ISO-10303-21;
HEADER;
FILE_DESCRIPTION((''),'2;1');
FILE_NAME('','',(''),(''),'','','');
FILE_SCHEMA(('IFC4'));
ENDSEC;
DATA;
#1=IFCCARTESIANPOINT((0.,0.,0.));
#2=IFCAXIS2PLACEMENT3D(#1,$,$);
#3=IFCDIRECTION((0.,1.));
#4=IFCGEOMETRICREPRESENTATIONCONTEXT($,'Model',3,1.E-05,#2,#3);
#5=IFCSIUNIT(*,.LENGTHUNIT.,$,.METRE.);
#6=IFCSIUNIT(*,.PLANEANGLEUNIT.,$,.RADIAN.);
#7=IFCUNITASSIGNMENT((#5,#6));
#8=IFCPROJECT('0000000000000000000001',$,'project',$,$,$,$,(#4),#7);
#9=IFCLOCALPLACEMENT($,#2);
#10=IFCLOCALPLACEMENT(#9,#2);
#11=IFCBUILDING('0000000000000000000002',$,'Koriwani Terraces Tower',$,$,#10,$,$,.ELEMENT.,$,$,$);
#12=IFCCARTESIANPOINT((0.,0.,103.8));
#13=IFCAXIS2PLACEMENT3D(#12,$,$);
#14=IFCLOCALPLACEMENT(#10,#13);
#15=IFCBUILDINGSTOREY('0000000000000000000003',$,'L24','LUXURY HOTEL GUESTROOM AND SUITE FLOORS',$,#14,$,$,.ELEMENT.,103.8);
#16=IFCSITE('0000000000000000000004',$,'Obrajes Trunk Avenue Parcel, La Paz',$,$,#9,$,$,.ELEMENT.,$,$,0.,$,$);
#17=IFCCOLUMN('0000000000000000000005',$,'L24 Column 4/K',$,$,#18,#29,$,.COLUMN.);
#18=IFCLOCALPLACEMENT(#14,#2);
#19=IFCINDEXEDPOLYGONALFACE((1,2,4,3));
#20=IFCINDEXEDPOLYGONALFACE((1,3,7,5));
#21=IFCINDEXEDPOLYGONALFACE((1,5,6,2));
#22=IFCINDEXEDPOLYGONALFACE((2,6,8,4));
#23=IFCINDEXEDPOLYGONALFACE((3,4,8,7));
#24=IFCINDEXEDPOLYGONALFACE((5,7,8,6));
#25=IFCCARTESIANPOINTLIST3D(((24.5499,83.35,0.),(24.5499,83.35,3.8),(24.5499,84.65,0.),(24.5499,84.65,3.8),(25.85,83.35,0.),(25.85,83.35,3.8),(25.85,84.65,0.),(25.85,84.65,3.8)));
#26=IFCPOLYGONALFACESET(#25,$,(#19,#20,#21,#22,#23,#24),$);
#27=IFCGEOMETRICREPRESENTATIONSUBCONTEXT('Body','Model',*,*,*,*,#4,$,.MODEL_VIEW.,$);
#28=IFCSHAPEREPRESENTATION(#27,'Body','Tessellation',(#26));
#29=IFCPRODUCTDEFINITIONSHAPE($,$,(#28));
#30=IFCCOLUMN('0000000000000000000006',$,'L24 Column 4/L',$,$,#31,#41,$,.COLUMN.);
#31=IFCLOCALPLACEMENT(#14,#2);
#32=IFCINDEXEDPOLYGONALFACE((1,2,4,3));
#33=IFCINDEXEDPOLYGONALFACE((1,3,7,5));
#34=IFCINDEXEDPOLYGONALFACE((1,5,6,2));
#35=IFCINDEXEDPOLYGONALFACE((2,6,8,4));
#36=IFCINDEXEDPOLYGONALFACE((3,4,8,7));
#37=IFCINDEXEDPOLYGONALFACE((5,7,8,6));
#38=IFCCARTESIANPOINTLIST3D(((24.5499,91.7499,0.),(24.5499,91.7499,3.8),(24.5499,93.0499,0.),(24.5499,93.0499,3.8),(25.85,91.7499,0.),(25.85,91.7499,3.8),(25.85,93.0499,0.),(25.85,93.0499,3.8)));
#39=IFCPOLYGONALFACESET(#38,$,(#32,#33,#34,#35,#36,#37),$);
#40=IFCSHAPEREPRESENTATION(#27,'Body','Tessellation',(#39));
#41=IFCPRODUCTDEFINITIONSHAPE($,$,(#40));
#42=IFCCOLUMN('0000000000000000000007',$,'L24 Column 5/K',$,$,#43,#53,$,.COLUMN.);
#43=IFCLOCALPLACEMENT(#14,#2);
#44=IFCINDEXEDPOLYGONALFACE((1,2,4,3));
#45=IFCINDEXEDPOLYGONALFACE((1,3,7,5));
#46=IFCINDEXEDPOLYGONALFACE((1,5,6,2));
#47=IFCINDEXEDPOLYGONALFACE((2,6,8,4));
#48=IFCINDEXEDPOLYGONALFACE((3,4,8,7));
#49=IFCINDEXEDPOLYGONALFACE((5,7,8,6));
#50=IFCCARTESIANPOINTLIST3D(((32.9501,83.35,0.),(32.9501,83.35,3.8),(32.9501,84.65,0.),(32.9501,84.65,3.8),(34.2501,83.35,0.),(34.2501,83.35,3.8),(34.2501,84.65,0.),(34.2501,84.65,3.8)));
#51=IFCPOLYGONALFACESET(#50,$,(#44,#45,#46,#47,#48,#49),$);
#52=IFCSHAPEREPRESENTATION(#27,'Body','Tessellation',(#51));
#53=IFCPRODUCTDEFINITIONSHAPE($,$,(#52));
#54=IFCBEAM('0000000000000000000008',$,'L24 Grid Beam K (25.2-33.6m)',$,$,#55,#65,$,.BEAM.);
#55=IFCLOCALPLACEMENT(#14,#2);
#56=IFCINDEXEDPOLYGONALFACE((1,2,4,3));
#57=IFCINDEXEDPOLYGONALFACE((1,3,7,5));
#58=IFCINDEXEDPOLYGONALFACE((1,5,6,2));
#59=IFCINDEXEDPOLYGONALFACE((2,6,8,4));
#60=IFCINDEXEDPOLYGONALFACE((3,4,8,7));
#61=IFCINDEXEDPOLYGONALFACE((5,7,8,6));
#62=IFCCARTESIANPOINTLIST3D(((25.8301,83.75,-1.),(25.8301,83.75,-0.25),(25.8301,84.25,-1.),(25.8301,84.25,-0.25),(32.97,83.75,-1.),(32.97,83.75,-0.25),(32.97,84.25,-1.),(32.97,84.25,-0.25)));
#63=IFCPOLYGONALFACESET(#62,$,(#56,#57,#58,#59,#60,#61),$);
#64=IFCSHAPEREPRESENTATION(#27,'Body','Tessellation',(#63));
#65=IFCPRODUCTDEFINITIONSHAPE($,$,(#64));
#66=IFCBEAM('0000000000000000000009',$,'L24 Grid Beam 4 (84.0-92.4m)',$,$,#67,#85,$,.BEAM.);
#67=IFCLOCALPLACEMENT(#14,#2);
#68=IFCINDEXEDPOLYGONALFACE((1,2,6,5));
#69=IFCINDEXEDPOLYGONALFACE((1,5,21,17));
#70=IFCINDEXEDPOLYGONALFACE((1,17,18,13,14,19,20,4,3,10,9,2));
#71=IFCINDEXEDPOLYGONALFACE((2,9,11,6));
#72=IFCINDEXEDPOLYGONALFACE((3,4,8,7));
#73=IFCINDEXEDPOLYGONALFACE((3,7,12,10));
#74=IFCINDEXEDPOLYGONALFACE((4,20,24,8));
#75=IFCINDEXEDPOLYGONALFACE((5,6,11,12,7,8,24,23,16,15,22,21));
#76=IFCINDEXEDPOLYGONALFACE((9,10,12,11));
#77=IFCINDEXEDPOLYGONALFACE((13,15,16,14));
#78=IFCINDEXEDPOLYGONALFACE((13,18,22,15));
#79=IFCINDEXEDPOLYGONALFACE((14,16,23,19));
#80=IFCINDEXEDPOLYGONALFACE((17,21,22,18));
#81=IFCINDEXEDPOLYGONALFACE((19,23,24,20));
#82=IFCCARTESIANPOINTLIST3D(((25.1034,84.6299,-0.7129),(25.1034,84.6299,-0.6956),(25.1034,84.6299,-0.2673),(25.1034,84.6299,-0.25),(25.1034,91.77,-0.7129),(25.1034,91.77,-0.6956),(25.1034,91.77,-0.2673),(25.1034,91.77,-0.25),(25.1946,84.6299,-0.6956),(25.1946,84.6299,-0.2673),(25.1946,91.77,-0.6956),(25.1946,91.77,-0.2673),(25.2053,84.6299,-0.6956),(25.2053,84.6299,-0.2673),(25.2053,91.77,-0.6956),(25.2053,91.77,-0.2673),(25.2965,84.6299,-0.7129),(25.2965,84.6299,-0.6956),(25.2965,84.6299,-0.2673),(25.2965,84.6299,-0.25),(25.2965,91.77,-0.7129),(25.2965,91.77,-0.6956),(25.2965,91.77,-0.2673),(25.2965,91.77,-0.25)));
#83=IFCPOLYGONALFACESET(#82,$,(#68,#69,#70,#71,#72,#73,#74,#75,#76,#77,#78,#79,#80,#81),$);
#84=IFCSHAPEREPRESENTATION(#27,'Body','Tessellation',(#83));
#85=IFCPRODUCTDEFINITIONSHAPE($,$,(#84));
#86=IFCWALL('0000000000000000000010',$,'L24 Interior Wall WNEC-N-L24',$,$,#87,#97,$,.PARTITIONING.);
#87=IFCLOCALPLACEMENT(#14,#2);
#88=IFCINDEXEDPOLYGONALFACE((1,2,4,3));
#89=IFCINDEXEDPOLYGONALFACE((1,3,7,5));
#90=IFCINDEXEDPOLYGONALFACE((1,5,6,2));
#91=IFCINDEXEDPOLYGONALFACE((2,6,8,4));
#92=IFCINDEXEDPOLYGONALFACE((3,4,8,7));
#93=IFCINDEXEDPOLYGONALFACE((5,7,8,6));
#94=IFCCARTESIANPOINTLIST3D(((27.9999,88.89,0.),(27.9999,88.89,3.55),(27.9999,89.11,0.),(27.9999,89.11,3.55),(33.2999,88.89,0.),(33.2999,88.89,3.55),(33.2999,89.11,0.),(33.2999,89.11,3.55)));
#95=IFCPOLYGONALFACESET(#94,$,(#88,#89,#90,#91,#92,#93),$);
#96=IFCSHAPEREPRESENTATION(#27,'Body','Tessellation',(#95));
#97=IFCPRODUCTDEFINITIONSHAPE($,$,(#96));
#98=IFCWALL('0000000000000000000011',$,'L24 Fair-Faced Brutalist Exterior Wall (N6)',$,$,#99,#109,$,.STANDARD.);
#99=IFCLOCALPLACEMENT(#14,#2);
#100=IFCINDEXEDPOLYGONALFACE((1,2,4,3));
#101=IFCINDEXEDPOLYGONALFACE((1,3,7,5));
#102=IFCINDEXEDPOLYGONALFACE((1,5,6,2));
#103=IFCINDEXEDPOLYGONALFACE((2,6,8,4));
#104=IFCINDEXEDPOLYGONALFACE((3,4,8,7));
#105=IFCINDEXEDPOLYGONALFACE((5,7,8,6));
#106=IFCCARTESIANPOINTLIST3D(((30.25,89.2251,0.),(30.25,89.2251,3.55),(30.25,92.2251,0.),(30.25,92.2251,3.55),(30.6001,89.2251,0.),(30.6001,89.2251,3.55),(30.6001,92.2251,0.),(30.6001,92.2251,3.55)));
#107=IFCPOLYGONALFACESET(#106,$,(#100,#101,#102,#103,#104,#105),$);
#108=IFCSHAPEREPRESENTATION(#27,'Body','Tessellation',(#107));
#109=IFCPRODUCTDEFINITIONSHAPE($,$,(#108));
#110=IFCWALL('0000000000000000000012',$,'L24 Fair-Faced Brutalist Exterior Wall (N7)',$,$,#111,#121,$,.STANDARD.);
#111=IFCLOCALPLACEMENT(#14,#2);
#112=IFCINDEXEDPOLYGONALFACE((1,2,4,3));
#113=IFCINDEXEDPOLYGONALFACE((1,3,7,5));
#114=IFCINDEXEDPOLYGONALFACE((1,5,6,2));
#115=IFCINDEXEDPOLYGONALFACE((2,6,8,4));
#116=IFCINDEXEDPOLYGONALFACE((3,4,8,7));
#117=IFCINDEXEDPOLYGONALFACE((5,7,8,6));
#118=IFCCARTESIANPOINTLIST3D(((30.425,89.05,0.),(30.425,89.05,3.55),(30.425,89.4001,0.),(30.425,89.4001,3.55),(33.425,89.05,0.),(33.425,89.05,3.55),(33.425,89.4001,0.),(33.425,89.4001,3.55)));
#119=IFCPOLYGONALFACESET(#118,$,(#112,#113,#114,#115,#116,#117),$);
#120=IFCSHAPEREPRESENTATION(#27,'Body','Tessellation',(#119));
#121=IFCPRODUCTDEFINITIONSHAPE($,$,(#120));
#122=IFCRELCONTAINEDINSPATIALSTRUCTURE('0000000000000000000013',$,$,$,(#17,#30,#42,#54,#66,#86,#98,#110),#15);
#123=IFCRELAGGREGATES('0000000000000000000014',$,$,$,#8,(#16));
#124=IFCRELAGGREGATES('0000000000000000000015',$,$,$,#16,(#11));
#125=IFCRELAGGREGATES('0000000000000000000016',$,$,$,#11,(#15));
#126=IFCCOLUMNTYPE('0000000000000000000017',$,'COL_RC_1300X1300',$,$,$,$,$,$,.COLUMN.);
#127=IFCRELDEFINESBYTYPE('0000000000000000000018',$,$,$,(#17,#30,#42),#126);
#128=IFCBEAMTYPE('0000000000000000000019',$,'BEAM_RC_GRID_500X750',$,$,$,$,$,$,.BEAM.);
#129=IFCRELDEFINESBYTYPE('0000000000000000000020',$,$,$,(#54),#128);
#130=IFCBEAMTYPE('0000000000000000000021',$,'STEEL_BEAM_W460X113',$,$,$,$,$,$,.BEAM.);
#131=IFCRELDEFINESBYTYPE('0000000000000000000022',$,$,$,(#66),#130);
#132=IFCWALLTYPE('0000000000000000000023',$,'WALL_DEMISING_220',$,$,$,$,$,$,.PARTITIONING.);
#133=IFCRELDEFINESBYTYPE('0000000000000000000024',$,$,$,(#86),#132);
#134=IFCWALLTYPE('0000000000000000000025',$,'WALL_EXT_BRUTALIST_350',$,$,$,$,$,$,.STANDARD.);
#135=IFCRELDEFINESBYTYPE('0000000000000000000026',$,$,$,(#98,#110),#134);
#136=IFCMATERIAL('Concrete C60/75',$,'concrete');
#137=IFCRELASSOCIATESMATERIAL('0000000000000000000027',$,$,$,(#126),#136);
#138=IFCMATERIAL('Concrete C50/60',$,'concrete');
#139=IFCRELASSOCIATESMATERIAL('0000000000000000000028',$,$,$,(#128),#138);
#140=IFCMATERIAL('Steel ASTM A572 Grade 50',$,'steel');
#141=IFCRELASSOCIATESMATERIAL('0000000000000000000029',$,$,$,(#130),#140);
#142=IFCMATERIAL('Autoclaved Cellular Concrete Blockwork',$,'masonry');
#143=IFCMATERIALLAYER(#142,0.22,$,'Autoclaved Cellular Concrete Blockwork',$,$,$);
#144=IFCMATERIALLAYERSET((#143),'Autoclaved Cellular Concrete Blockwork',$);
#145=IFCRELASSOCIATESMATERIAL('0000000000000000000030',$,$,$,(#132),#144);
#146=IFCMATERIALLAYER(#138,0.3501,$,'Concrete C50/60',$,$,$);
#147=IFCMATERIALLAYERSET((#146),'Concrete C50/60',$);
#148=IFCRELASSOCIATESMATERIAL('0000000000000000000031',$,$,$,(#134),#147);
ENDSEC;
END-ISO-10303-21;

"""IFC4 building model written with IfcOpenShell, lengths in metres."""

from ifc_helpers import new_model, si_unit, direction, frame, frame_2d, origin, origin_2d, place, context, subcontext, project, spatial, rectangle, i_section, extrude, material, layer, layer_set, material_profile, profile_set, type_object, element, save


model = new_model("IFC4")

# Units and contexts
model_context = context("Model", 3, precision=1e-05, world=origin(), true_north=direction((0.0, 1.0)))
body_context = subcontext(model_context, "Body", "Model", "MODEL_VIEW")
ifc_project = project(units=[si_unit("LENGTHUNIT", "METRE"), si_unit("PLANEANGLEUNIT", "RADIAN")], contexts=[model_context])

# Site, building, storey
site_placement = place(None, origin())
site = spatial("IfcSite", under=ifc_project, at=site_placement, Name="Obrajes Trunk Avenue Parcel, La Paz", CompositionType="ELEMENT", RefElevation=0.0)
building_placement = place(site_placement, origin())
building = spatial("IfcBuilding", under=site, at=building_placement, Name="Koriwani Terraces Tower", CompositionType="ELEMENT")
storey_placement = place(building_placement, frame((0.0, 0.0, 103.8)))
storey = spatial("IfcBuildingStorey", under=building, at=storey_placement, Name="L24", Description="LUXURY HOTEL GUESTROOM AND SUITE FLOORS", CompositionType="ELEMENT", Elevation=103.8)

# Columns
ifc_material_1 = material(Name="Concrete C60/75", Category="concrete")
ifc_material_profile_1 = material_profile(ifc_material_1, rectangle(XDim=1.3, YDim=1.3, at=origin_2d()), Name="Concrete C60/75", Category="LoadBearing")
ifc_profile_set_1 = profile_set([ifc_material_profile_1], Name="Concrete C60/75")
column_type = type_object("IfcColumnType", Name="COL_RC_1300X1300", PredefinedType="COLUMN", material=ifc_profile_set_1)
for number, where, z_axis, x_axis, name in (
    (1, (25.2, 84.0, 0.0), (0.0, 0.0, 1.0), (1.0, 0.0, 0.0), "L24 Column 4/K"),
    (2, (25.2, 92.3999, 0.0), (0.0, 0.0, 1.0), (1.0, 0.0, 0.0), "L24 Column 4/L"),
    (3, (33.6001, 84.0, 0.0), (0.0, 0.0, 1.0), (1.0, 0.0, 0.0), "L24 Column 5/K"),
):
    element("IfcColumn", number, at=place(storey_placement, frame(where, z_axis=z_axis, x_axis=x_axis)), inside=storey, type_object=column_type, Name=name, PredefinedType="COLUMN", context=body_context, shape_type="SweptSolid", body=[
        extrude(rectangle(XDim=1.3, YDim=1.3, at=origin_2d()), origin(), (0.0, 0.0, 1.0), 3.8),
    ])

# Beams
ifc_material_2 = material(Name="Concrete C50/60", Category="concrete")
ifc_material_profile_2 = material_profile(ifc_material_2, rectangle(XDim=0.5, YDim=0.75, at=origin_2d()), Name="Concrete C50/60", Category="LoadBearing")
ifc_profile_set_2 = profile_set([ifc_material_profile_2], Name="Concrete C50/60")
beam_type_1 = type_object("IfcBeamType", Name="BEAM_RC_GRID_500X750", PredefinedType="BEAM", material=ifc_profile_set_2)
beam_1_placement = place(storey_placement, frame((25.8301, 84.0, -0.625), z_axis=(1.0, 0.0, 0.0), x_axis=(0.0, 1.0, 0.0)))
element("IfcBeam", 4, at=beam_1_placement, inside=storey, type_object=beam_type_1, Name="L24 Grid Beam K (25.2-33.6m)", PredefinedType="BEAM", context=body_context, shape_type="SweptSolid", body=[
    extrude(rectangle(XDim=0.5, YDim=0.75, at=origin_2d()), origin(), (0.0, 0.0, 1.0), 7.1399),
])
ifc_material_3 = material(Name="Steel ASTM A572 Grade 50", Category="steel")
ifc_material_profile_3 = material_profile(ifc_material_3, i_section(OverallWidth=0.1931, OverallDepth=0.4629, WebThickness=0.0107, FlangeThickness=0.0173, at=origin_2d()), Name="Steel ASTM A572 Grade 50", Category="LoadBearing")
ifc_profile_set_3 = profile_set([ifc_material_profile_3], Name="Steel ASTM A572 Grade 50")
beam_type_2 = type_object("IfcBeamType", Name="STEEL_BEAM_W460X113", PredefinedType="BEAM", material=ifc_profile_set_3)
beam_2_placement = place(storey_placement, frame((25.2, 84.6299, -0.4814), z_axis=(0.0, 1.0, 0.0), x_axis=(-1.0, 0.0, 0.0)))
element("IfcBeam", 5, at=beam_2_placement, inside=storey, type_object=beam_type_2, Name="L24 Grid Beam 4 (84.0-92.4m)", PredefinedType="BEAM", context=body_context, shape_type="SweptSolid", body=[
    extrude(i_section(OverallWidth=0.1931, OverallDepth=0.4629, WebThickness=0.0107, FlangeThickness=0.0173, at=origin_2d()), origin(), (0.0, 0.0, 1.0), 7.1401),
])

# Walls
ifc_material_4 = material(Name="Autoclaved Cellular Concrete Blockwork", Category="masonry")
ifc_layer_1 = layer(ifc_material_4, 0.22, Name="Autoclaved Cellular Concrete Blockwork")
ifc_layer_set_1 = layer_set([ifc_layer_1], Name="Autoclaved Cellular Concrete Blockwork")
wall_type_1 = type_object("IfcWallType", Name="WALL_DEMISING_220", PredefinedType="PARTITIONING", material=ifc_layer_set_1)
wall_1_placement = place(storey_placement, frame((28.0, 89.0, 0.0), z_axis=(0.0, 0.0, 1.0), x_axis=(1.0, 0.0, 0.0)))
element("IfcWall", 6, at=wall_1_placement, inside=storey, type_object=wall_type_1, Name="L24 Interior Wall WNEC-N-L24", PredefinedType="PARTITIONING", context=body_context, shape_type="SweptSolid", body=[
    extrude(rectangle(XDim=5.3, YDim=0.22, at=frame_2d((2.6499, 0.0))), origin(), (0.0, 0.0, 1.0), 3.55),
])
ifc_layer_2 = layer(ifc_material_2, 0.3501, Name="Concrete C50/60")
ifc_layer_set_2 = layer_set([ifc_layer_2], Name="Concrete C50/60")
wall_type_2 = type_object("IfcWallType", Name="WALL_EXT_BRUTALIST_350", PredefinedType="STANDARD", material=ifc_layer_set_2)
for number, where, z_axis, x_axis, name in (
    (7, (30.425, 92.2251, 0.0), (0.0, 0.0, 1.0), (0.0, -1.0, 0.0), "L24 Fair-Faced Brutalist Exterior Wall (N6)"),
    (8, (30.425, 89.2251, 0.0), (0.0, 0.0, 1.0), (1.0, 0.0, 0.0), "L24 Fair-Faced Brutalist Exterior Wall (N7)"),
):
    element("IfcWall", number, at=place(storey_placement, frame(where, z_axis=z_axis, x_axis=x_axis)), inside=storey, type_object=wall_type_2, Name=name, PredefinedType="STANDARD", context=body_context, shape_type="SweptSolid", body=[
        extrude(rectangle(XDim=3.0, YDim=0.3501, at=frame_2d((1.5, 0.0))), origin(), (0.0, 0.0, 1.0), 3.55),
    ])

save(model, "model.ifc")
